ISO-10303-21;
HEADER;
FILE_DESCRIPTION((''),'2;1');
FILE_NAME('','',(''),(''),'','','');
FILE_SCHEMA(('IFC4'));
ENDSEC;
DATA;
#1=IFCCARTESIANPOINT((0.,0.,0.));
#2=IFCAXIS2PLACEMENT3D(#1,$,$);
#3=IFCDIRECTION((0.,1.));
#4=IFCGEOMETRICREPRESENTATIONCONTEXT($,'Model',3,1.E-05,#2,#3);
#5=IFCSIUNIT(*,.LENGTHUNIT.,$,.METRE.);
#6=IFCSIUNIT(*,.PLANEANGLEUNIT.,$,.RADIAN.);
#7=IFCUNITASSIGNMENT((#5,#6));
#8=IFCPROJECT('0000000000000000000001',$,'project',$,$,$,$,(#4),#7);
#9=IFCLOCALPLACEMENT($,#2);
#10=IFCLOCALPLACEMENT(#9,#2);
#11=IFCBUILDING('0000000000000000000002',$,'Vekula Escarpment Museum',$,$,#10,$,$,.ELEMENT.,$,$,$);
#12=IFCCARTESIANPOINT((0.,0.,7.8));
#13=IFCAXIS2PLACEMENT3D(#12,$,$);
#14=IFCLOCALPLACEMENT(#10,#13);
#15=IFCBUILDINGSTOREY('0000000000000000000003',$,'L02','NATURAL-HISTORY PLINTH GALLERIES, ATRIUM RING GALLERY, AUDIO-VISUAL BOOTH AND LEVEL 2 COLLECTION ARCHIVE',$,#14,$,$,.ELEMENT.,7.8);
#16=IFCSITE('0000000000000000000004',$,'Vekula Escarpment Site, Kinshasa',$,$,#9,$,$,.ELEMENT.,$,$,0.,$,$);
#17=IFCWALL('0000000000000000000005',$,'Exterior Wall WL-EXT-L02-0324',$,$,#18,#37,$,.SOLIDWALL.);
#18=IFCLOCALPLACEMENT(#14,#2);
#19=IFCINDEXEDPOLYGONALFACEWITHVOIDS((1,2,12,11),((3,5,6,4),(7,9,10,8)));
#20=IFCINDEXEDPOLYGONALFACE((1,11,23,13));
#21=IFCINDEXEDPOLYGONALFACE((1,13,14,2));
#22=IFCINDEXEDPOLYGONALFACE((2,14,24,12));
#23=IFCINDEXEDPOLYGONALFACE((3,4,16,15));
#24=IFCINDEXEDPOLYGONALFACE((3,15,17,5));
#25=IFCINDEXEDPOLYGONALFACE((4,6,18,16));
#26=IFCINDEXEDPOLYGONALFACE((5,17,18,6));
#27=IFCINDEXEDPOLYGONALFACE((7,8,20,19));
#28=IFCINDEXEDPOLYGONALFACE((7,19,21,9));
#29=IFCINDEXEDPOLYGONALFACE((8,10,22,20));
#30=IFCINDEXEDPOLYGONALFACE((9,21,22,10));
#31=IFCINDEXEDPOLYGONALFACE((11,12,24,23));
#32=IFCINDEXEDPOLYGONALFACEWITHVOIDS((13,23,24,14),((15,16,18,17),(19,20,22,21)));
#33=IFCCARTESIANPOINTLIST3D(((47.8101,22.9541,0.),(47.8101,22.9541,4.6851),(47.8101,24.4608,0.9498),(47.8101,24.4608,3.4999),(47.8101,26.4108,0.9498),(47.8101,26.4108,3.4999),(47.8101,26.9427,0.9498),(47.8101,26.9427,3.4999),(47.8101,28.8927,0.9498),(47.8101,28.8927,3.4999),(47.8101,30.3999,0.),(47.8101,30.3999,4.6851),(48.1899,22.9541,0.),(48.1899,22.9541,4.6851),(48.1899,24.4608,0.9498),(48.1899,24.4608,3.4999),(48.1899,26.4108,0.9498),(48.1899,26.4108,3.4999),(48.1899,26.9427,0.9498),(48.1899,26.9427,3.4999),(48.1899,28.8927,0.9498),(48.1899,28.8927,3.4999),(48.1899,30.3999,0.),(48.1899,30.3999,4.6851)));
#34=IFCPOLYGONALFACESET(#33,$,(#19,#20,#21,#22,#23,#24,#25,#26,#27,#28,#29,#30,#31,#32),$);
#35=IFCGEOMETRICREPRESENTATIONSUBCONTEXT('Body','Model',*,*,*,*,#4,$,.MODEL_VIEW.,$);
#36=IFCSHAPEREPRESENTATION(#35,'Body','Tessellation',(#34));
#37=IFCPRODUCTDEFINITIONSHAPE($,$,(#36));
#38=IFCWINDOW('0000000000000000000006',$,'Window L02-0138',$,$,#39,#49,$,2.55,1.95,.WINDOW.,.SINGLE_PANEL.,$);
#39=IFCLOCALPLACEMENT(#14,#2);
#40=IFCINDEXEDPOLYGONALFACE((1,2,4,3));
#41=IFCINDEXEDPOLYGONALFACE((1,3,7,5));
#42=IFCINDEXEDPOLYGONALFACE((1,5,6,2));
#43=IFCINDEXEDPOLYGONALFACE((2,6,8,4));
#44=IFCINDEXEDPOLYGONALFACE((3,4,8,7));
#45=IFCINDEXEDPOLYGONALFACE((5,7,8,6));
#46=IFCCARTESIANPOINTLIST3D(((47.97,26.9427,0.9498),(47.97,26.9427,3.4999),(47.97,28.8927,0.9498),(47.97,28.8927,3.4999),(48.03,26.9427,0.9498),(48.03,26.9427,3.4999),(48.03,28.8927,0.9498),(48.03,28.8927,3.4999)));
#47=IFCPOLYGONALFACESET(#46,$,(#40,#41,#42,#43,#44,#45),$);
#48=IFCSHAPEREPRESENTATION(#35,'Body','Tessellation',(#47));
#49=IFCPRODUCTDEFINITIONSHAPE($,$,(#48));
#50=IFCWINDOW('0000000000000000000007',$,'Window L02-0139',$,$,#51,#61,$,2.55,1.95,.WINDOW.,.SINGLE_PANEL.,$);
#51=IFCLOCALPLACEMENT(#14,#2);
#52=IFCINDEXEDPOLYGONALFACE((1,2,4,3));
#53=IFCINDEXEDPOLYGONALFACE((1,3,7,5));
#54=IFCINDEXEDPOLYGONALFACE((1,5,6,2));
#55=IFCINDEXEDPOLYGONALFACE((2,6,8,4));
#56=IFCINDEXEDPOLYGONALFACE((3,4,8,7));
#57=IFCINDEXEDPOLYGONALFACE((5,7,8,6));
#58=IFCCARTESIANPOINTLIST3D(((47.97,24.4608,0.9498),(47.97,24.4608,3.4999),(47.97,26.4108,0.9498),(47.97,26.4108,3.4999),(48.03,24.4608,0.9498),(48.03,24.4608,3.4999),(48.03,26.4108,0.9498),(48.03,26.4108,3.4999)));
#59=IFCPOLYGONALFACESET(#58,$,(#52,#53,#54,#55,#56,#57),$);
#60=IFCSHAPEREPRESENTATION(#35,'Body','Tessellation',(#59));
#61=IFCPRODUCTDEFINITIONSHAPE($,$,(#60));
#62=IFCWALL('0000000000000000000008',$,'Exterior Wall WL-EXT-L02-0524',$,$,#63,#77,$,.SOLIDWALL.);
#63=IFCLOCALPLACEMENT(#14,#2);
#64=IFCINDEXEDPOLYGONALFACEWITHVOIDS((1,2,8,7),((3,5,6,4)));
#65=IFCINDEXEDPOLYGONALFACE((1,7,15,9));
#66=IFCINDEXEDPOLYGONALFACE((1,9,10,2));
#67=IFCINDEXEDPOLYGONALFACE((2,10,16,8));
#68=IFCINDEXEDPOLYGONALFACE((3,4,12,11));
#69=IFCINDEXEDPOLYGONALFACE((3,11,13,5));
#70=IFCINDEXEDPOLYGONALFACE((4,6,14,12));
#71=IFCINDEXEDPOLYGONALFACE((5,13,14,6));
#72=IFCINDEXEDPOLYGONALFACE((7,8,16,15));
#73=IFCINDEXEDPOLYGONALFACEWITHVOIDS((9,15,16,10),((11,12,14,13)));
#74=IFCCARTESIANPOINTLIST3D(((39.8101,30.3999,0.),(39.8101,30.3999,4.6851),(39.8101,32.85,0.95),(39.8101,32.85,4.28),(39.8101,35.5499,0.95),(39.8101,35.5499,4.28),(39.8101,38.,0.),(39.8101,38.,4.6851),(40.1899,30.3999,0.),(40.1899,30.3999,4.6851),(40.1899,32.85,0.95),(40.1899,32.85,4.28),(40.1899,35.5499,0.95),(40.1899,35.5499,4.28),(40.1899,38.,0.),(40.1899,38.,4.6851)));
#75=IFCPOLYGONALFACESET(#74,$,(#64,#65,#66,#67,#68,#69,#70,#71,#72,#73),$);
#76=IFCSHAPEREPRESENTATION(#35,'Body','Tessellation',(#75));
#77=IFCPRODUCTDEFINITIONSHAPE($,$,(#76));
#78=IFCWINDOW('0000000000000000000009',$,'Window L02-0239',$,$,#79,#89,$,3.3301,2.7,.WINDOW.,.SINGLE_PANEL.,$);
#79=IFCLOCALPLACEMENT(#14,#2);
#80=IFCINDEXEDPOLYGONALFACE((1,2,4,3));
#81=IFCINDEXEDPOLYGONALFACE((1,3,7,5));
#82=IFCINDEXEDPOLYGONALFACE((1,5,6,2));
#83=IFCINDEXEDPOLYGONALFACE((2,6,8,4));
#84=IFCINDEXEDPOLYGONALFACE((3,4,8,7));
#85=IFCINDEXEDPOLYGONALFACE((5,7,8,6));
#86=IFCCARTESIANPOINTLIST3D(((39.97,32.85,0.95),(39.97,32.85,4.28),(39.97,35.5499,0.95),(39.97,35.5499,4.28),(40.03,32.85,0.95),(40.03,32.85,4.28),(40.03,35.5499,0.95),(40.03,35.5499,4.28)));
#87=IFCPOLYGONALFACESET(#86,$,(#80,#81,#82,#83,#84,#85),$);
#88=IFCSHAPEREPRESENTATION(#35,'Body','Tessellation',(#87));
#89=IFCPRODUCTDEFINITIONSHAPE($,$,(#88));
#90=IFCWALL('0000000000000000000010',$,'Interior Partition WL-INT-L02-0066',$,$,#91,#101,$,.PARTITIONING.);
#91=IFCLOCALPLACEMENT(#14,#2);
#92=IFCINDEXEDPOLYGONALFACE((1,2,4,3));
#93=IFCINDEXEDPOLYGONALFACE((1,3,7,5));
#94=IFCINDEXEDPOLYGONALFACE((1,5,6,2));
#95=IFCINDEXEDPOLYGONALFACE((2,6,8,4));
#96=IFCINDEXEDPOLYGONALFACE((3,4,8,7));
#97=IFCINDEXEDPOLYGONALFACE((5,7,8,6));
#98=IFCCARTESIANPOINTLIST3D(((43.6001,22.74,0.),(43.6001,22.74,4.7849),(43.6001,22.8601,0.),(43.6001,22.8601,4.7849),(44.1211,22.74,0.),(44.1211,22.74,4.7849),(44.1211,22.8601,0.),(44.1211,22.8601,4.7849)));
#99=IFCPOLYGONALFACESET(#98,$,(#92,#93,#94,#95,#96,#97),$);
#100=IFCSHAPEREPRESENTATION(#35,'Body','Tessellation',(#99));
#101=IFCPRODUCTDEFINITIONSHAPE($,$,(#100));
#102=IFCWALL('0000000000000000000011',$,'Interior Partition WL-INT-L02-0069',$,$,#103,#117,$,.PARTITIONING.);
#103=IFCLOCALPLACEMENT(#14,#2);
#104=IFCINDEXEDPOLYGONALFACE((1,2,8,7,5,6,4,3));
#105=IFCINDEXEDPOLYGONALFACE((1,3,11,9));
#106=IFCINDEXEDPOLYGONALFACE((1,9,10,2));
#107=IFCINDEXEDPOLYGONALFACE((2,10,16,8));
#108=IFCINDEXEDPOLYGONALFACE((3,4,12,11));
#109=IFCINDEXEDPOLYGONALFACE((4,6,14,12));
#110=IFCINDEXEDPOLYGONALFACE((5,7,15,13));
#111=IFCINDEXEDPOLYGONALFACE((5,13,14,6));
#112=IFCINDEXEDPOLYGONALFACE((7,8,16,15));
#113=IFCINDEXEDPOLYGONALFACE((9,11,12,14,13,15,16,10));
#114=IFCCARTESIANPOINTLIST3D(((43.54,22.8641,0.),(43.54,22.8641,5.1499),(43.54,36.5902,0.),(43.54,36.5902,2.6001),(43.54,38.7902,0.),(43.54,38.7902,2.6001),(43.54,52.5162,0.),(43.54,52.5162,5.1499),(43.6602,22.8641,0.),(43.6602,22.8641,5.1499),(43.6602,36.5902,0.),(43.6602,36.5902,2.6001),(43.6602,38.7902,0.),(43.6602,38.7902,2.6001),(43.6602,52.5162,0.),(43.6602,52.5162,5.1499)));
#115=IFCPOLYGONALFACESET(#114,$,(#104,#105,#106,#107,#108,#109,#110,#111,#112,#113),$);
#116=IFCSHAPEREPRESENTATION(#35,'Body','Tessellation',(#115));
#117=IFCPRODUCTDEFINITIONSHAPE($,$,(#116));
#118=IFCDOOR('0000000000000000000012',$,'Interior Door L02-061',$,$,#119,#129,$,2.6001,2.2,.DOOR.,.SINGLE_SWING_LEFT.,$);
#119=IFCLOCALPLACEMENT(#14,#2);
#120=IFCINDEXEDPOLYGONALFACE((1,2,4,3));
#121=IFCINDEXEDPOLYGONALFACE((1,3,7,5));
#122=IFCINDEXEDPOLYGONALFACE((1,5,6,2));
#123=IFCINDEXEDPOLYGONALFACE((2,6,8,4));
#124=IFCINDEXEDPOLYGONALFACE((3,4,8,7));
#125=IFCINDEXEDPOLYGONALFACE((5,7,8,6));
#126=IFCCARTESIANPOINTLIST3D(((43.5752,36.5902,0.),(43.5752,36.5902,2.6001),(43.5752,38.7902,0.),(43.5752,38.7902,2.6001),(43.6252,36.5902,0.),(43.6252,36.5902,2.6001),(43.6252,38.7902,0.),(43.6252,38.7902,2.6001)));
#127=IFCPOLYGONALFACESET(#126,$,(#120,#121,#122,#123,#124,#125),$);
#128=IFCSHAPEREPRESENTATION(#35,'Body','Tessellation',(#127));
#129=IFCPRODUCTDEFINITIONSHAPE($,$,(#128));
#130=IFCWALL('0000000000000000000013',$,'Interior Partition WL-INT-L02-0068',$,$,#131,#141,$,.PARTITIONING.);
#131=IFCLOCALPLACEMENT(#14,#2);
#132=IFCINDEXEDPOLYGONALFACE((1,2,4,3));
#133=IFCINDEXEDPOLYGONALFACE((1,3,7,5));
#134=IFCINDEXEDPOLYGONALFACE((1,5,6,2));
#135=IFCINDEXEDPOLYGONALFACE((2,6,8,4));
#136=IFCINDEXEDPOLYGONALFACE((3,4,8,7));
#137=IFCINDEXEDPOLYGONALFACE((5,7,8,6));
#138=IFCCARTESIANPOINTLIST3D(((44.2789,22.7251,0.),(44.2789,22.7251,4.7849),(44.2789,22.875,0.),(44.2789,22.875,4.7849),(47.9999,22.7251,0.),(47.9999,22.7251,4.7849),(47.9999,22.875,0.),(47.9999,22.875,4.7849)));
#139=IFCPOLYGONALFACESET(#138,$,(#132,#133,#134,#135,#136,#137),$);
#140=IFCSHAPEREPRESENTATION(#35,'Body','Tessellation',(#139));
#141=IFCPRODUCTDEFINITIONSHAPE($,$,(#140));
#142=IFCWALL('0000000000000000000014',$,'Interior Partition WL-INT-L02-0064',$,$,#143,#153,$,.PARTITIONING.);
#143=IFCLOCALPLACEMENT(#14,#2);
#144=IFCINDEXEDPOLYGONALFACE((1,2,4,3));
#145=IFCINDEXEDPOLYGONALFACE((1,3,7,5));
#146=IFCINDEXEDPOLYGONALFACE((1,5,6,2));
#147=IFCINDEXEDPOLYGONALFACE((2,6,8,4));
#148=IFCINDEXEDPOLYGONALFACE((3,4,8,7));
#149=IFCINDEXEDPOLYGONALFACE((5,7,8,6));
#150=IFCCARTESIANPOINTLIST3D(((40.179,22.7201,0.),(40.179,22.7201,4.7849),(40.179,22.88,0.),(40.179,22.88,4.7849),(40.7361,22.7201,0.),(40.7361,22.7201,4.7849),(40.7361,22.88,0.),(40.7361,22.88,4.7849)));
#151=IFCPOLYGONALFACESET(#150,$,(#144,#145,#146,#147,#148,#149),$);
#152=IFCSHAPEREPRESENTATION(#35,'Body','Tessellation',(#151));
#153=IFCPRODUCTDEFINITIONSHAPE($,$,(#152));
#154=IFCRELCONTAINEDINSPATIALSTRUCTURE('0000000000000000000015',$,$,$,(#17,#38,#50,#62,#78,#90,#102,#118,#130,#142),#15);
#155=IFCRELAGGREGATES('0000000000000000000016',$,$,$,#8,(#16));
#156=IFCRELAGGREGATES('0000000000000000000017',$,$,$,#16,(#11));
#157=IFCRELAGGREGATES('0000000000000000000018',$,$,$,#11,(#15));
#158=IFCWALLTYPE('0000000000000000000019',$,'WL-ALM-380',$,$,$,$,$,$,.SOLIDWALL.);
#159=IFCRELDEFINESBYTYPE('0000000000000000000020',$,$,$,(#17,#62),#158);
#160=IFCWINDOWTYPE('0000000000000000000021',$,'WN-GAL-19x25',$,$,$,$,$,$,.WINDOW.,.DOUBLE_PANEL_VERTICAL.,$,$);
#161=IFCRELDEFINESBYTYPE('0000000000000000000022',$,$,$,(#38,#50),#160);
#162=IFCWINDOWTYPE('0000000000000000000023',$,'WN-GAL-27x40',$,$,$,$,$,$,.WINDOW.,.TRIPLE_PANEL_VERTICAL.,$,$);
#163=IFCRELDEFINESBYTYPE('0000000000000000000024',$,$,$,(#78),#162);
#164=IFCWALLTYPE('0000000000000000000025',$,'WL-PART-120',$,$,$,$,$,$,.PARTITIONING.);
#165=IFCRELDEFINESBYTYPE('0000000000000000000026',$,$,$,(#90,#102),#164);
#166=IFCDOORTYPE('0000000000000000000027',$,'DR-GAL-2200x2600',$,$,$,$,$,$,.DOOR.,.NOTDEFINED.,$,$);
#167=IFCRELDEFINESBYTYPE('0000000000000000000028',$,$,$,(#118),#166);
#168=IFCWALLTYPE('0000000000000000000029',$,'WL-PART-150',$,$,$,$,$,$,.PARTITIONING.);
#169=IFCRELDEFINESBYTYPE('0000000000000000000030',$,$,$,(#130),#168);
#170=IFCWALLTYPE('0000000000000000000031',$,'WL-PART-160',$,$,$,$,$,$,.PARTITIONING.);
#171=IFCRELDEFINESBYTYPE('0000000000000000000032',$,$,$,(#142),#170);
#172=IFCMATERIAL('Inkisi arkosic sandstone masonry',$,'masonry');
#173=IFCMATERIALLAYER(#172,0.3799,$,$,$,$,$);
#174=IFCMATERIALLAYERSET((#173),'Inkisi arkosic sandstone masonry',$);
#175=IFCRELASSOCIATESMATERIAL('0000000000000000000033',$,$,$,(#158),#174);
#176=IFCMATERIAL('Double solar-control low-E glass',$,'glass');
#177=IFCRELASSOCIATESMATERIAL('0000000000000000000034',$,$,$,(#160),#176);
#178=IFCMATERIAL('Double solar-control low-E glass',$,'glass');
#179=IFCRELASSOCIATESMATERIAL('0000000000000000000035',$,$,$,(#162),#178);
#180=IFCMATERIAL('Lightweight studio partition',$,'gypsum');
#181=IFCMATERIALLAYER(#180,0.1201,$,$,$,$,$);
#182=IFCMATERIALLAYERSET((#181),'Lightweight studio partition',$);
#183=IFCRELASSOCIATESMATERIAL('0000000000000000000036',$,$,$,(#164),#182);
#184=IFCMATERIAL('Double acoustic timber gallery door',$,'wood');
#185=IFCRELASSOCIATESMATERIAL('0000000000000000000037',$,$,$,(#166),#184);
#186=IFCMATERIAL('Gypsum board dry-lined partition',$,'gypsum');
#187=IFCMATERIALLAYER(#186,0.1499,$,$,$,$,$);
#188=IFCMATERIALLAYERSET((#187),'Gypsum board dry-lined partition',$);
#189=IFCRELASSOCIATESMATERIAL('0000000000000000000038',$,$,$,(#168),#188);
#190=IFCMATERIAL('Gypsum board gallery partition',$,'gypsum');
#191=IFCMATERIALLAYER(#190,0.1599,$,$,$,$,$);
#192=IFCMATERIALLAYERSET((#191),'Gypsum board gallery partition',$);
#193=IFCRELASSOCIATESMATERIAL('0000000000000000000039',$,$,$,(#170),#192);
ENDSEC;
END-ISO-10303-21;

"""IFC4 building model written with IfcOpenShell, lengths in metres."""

from ifc_helpers import new_model, si_unit, direction, frame, frame_2d, origin, place, context, subcontext, project, spatial, rectangle, extrude, material, layer, layer_set, type_object, element, fill, save


model = new_model("IFC4")

# Units and contexts
model_context = context("Model", 3, precision=1e-05, world=origin(), true_north=direction((0.0, 1.0)))
body_context = subcontext(model_context, "Body", "Model", "MODEL_VIEW")
ifc_project = project(units=[si_unit("LENGTHUNIT", "METRE"), si_unit("PLANEANGLEUNIT", "RADIAN")], contexts=[model_context])

# Site, building, storey
site_placement = place(None, origin())
site = spatial("IfcSite", under=ifc_project, at=site_placement, Name="Vekula Escarpment Site, Kinshasa", CompositionType="ELEMENT", RefElevation=0.0)
building_placement = place(site_placement, origin())
building = spatial("IfcBuilding", under=site, at=building_placement, Name="Vekula Escarpment Museum", CompositionType="ELEMENT")
storey_placement = place(building_placement, frame((0.0, 0.0, 7.8)))
storey = spatial("IfcBuildingStorey", under=building, at=storey_placement, Name="L02", Description="NATURAL-HISTORY PLINTH GALLERIES, ATRIUM RING GALLERY, AUDIO-VISUAL BOOTH AND LEVEL 2 COLLECTION ARCHIVE", CompositionType="ELEMENT", Elevation=7.8)

# Wall, openings, windows
ifc_material_1 = material(Name="Inkisi arkosic sandstone masonry", Category="masonry")
ifc_layer_1 = layer(ifc_material_1, 0.3799)
ifc_layer_set_1 = layer_set([ifc_layer_1], Name="Inkisi arkosic sandstone masonry")
wall_type_1 = type_object("IfcWallType", Name="WL-ALM-380", PredefinedType="SOLIDWALL", material=ifc_layer_set_1)
wall_1_placement = place(storey_placement, frame((48.0, 30.3999, 0.0), z_axis=(0.0, 0.0, 1.0), x_axis=(0.0, -1.0, 0.0)))
wall_1 = element("IfcWall", 1, at=wall_1_placement, inside=storey, type_object=wall_type_1, Name="Exterior Wall WL-EXT-L02-0324", PredefinedType="SOLIDWALL", context=body_context, shape_type="SweptSolid", body=[
    extrude(rectangle(XDim=7.4458, YDim=0.3799, at=frame_2d((3.7229, 0.0))), origin(), (0.0, 0.0, 1.0), 4.6851),
])
opening_1_placement = place(wall_1_placement, frame((1.5071, 0.0, 0.95)))
opening_1 = element("IfcOpeningElement", 2, at=opening_1_placement, cuts=wall_1, PredefinedType="OPENING", context=body_context, shape_type="SweptSolid", body=[
    extrude(rectangle(XDim=1.95, YDim=2.55, at=frame_2d((0.9751, 1.2749))), frame((0.0, 0.2, 0.0), z_axis=(0.0, -1.0, 0.0), x_axis=(1.0, 0.0, 0.0)), (0.0, 0.0, 1.0), 0.3999),
])
opening_2_placement = place(wall_1_placement, frame((3.989, 0.0, 0.95)))
opening_2 = element("IfcOpeningElement", 3, at=opening_2_placement, cuts=wall_1, PredefinedType="OPENING", context=body_context, shape_type="SweptSolid", body=[
    extrude(rectangle(XDim=1.95, YDim=2.55, at=frame_2d((0.9751, 1.2749))), frame((0.0, 0.2, 0.0), z_axis=(0.0, -1.0, 0.0), x_axis=(1.0, 0.0, 0.0)), (0.0, 0.0, 1.0), 0.3999),
])
ifc_material_2 = material(Name="Double solar-control low-E glass", Category="glass")
window_type_1 = type_object("IfcWindowType", Name="WN-GAL-19x25", PartitioningType="DOUBLE_PANEL_VERTICAL", PredefinedType="WINDOW", material=ifc_material_2)
window_1_placement = place(opening_1_placement, origin())
window_1 = element("IfcWindow", 4, at=window_1_placement, inside=storey, type_object=window_type_1, Name="Window L02-0138", OverallHeight=2.55, OverallWidth=1.95, PartitioningType="SINGLE_PANEL", PredefinedType="WINDOW", context=body_context, shape_type="SweptSolid", body=[
    extrude(rectangle(XDim=1.95, YDim=2.55, at=frame_2d((0.9751, 1.2749))), frame((0.0, 0.03, 0.0), z_axis=(0.0, -1.0, 0.0), x_axis=(1.0, 0.0, 0.0)), (0.0, 0.0, 1.0), 0.0601),
])
fill(opening_1, window_1)
window_2_placement = place(opening_2_placement, origin())
window_2 = element("IfcWindow", 5, at=window_2_placement, inside=storey, type_object=window_type_1, Name="Window L02-0139", OverallHeight=2.55, OverallWidth=1.95, PartitioningType="SINGLE_PANEL", PredefinedType="WINDOW", context=body_context, shape_type="SweptSolid", body=[
    extrude(rectangle(XDim=1.95, YDim=2.55, at=frame_2d((0.9751, 1.2749))), frame((0.0, 0.03, 0.0), z_axis=(0.0, -1.0, 0.0), x_axis=(1.0, 0.0, 0.0)), (0.0, 0.0, 1.0), 0.0601),
])
fill(opening_2, window_2)

# Wall, opening, window
wall_2_placement = place(storey_placement, frame((40.0, 30.3999, 0.0), z_axis=(0.0, 0.0, 1.0), x_axis=(0.0, 1.0, 0.0)))
wall_2 = element("IfcWall", 6, at=wall_2_placement, inside=storey, type_object=wall_type_1, Name="Exterior Wall WL-EXT-L02-0524", PredefinedType="SOLIDWALL", context=body_context, shape_type="SweptSolid", body=[
    extrude(rectangle(XDim=7.6001, YDim=0.3799, at=frame_2d((3.8, 0.0))), origin(), (0.0, 0.0, 1.0), 4.6851),
])
opening_3_placement = place(wall_2_placement, frame((2.45, 0.0, 0.95)))
opening_3 = element("IfcOpeningElement", 7, at=opening_3_placement, cuts=wall_2, PredefinedType="OPENING", context=body_context, shape_type="SweptSolid", body=[
    extrude(rectangle(XDim=2.7, YDim=3.3301, at=frame_2d((1.3501, 1.665))), frame((0.0, 0.2, 0.0), z_axis=(0.0, -1.0, 0.0), x_axis=(1.0, 0.0, 0.0)), (0.0, 0.0, 1.0), 0.3999),
])
ifc_material_3 = material(Name="Double solar-control low-E glass", Category="glass")
window_type_2 = type_object("IfcWindowType", Name="WN-GAL-27x40", PartitioningType="TRIPLE_PANEL_VERTICAL", PredefinedType="WINDOW", material=ifc_material_3)
window_3_placement = place(opening_3_placement, origin())
window_3 = element("IfcWindow", 8, at=window_3_placement, inside=storey, type_object=window_type_2, Name="Window L02-0239", OverallHeight=3.3301, OverallWidth=2.7, PartitioningType="SINGLE_PANEL", PredefinedType="WINDOW", context=body_context, shape_type="SweptSolid", body=[
    extrude(rectangle(XDim=2.7, YDim=3.3301, at=frame_2d((1.3501, 1.665))), frame((0.0, 0.03, 0.0), z_axis=(0.0, -1.0, 0.0), x_axis=(1.0, 0.0, 0.0)), (0.0, 0.0, 1.0), 0.0601),
])
fill(opening_3, window_3)

# Wall
ifc_material_4 = material(Name="Lightweight studio partition", Category="gypsum")
ifc_layer_2 = layer(ifc_material_4, 0.1201)
ifc_layer_set_2 = layer_set([ifc_layer_2], Name="Lightweight studio partition")
wall_type_2 = type_object("IfcWallType", Name="WL-PART-120", PredefinedType="PARTITIONING", material=ifc_layer_set_2)
wall_3_placement = place(storey_placement, frame((43.6001, 22.8, 0.0), z_axis=(0.0, 0.0, 1.0), x_axis=(1.0, 0.0, 0.0)))
element("IfcWall", 9, at=wall_3_placement, inside=storey, type_object=wall_type_2, Name="Interior Partition WL-INT-L02-0066", PredefinedType="PARTITIONING", context=body_context, shape_type="SweptSolid", body=[
    extrude(rectangle(XDim=0.521, YDim=0.1201, at=frame_2d((0.2605, 0.0))), origin(), (0.0, 0.0, 1.0), 4.7849),
])

# Wall, opening, door
wall_4_placement = place(storey_placement, frame((43.6001, 22.864, 0.0), z_axis=(0.0, 0.0, 1.0), x_axis=(0.0, 1.0, 0.0)))
wall_4 = element("IfcWall", 10, at=wall_4_placement, inside=storey, type_object=wall_type_2, Name="Interior Partition WL-INT-L02-0069", PredefinedType="PARTITIONING", context=body_context, shape_type="SweptSolid", body=[
    extrude(rectangle(XDim=29.6521, YDim=0.1201, at=frame_2d((14.8262, 0.0))), origin(), (0.0, 0.0, 1.0), 5.1499),
])
opening_4_placement = place(wall_4_placement, frame((13.7261, 0.0, 0.0)))
opening_4 = element("IfcOpeningElement", 11, at=opening_4_placement, cuts=wall_4, PredefinedType="OPENING", context=body_context, shape_type="SweptSolid", body=[
    extrude(rectangle(XDim=2.2, YDim=2.6001, at=frame_2d((1.1001, 1.3))), frame((0.0, 0.0701, 0.0), z_axis=(0.0, -1.0, 0.0), x_axis=(1.0, 0.0, 0.0)), (0.0, 0.0, 1.0), 0.1401),
])
ifc_material_5 = material(Name="Double acoustic timber gallery door", Category="wood")
door_type = type_object("IfcDoorType", Name="DR-GAL-2200x2600", OperationType="NOTDEFINED", PredefinedType="DOOR", material=ifc_material_5)
door_placement = place(opening_4_placement, origin())
door = element("IfcDoor", 12, at=door_placement, inside=storey, type_object=door_type, Name="Interior Door L02-061", OperationType="SINGLE_SWING_LEFT", OverallHeight=2.6001, OverallWidth=2.2, PredefinedType="DOOR", context=body_context, shape_type="SweptSolid", body=[
    extrude(rectangle(XDim=2.2, YDim=2.6001, at=frame_2d((1.1001, 1.3))), frame((0.0, 0.0249, 0.0), z_axis=(0.0, -1.0, 0.0), x_axis=(1.0, 0.0, 0.0)), (0.0, 0.0, 1.0), 0.05),
])
fill(opening_4, door)

# Walls
ifc_material_6 = material(Name="Gypsum board dry-lined partition", Category="gypsum")
ifc_layer_3 = layer(ifc_material_6, 0.1499)
ifc_layer_set_3 = layer_set([ifc_layer_3], Name="Gypsum board dry-lined partition")
wall_type_3 = type_object("IfcWallType", Name="WL-PART-150", PredefinedType="PARTITIONING", material=ifc_layer_set_3)
wall_5_placement = place(storey_placement, frame((44.2791, 22.8, 0.0), z_axis=(0.0, 0.0, 1.0), x_axis=(1.0, 0.0, 0.0)))
element("IfcWall", 13, at=wall_5_placement, inside=storey, type_object=wall_type_3, Name="Interior Partition WL-INT-L02-0068", PredefinedType="PARTITIONING", context=body_context, shape_type="SweptSolid", body=[
    extrude(rectangle(XDim=3.7209, YDim=0.1499, at=frame_2d((1.8604, 0.0))), origin(), (0.0, 0.0, 1.0), 4.7849),
])
ifc_material_7 = material(Name="Gypsum board gallery partition", Category="gypsum")
ifc_layer_4 = layer(ifc_material_7, 0.1599)
ifc_layer_set_4 = layer_set([ifc_layer_4], Name="Gypsum board gallery partition")
wall_type_4 = type_object("IfcWallType", Name="WL-PART-160", PredefinedType="PARTITIONING", material=ifc_layer_set_4)
wall_6_placement = place(storey_placement, frame((40.179, 22.8, 0.0), z_axis=(0.0, 0.0, 1.0), x_axis=(1.0, 0.0, 0.0)))
element("IfcWall", 14, at=wall_6_placement, inside=storey, type_object=wall_type_4, Name="Interior Partition WL-INT-L02-0064", PredefinedType="PARTITIONING", context=body_context, shape_type="SweptSolid", body=[
    extrude(rectangle(XDim=0.5571, YDim=0.1599, at=frame_2d((0.2786, 0.0))), origin(), (0.0, 0.0, 1.0), 4.7849),
])

save(model, "model.ifc")
